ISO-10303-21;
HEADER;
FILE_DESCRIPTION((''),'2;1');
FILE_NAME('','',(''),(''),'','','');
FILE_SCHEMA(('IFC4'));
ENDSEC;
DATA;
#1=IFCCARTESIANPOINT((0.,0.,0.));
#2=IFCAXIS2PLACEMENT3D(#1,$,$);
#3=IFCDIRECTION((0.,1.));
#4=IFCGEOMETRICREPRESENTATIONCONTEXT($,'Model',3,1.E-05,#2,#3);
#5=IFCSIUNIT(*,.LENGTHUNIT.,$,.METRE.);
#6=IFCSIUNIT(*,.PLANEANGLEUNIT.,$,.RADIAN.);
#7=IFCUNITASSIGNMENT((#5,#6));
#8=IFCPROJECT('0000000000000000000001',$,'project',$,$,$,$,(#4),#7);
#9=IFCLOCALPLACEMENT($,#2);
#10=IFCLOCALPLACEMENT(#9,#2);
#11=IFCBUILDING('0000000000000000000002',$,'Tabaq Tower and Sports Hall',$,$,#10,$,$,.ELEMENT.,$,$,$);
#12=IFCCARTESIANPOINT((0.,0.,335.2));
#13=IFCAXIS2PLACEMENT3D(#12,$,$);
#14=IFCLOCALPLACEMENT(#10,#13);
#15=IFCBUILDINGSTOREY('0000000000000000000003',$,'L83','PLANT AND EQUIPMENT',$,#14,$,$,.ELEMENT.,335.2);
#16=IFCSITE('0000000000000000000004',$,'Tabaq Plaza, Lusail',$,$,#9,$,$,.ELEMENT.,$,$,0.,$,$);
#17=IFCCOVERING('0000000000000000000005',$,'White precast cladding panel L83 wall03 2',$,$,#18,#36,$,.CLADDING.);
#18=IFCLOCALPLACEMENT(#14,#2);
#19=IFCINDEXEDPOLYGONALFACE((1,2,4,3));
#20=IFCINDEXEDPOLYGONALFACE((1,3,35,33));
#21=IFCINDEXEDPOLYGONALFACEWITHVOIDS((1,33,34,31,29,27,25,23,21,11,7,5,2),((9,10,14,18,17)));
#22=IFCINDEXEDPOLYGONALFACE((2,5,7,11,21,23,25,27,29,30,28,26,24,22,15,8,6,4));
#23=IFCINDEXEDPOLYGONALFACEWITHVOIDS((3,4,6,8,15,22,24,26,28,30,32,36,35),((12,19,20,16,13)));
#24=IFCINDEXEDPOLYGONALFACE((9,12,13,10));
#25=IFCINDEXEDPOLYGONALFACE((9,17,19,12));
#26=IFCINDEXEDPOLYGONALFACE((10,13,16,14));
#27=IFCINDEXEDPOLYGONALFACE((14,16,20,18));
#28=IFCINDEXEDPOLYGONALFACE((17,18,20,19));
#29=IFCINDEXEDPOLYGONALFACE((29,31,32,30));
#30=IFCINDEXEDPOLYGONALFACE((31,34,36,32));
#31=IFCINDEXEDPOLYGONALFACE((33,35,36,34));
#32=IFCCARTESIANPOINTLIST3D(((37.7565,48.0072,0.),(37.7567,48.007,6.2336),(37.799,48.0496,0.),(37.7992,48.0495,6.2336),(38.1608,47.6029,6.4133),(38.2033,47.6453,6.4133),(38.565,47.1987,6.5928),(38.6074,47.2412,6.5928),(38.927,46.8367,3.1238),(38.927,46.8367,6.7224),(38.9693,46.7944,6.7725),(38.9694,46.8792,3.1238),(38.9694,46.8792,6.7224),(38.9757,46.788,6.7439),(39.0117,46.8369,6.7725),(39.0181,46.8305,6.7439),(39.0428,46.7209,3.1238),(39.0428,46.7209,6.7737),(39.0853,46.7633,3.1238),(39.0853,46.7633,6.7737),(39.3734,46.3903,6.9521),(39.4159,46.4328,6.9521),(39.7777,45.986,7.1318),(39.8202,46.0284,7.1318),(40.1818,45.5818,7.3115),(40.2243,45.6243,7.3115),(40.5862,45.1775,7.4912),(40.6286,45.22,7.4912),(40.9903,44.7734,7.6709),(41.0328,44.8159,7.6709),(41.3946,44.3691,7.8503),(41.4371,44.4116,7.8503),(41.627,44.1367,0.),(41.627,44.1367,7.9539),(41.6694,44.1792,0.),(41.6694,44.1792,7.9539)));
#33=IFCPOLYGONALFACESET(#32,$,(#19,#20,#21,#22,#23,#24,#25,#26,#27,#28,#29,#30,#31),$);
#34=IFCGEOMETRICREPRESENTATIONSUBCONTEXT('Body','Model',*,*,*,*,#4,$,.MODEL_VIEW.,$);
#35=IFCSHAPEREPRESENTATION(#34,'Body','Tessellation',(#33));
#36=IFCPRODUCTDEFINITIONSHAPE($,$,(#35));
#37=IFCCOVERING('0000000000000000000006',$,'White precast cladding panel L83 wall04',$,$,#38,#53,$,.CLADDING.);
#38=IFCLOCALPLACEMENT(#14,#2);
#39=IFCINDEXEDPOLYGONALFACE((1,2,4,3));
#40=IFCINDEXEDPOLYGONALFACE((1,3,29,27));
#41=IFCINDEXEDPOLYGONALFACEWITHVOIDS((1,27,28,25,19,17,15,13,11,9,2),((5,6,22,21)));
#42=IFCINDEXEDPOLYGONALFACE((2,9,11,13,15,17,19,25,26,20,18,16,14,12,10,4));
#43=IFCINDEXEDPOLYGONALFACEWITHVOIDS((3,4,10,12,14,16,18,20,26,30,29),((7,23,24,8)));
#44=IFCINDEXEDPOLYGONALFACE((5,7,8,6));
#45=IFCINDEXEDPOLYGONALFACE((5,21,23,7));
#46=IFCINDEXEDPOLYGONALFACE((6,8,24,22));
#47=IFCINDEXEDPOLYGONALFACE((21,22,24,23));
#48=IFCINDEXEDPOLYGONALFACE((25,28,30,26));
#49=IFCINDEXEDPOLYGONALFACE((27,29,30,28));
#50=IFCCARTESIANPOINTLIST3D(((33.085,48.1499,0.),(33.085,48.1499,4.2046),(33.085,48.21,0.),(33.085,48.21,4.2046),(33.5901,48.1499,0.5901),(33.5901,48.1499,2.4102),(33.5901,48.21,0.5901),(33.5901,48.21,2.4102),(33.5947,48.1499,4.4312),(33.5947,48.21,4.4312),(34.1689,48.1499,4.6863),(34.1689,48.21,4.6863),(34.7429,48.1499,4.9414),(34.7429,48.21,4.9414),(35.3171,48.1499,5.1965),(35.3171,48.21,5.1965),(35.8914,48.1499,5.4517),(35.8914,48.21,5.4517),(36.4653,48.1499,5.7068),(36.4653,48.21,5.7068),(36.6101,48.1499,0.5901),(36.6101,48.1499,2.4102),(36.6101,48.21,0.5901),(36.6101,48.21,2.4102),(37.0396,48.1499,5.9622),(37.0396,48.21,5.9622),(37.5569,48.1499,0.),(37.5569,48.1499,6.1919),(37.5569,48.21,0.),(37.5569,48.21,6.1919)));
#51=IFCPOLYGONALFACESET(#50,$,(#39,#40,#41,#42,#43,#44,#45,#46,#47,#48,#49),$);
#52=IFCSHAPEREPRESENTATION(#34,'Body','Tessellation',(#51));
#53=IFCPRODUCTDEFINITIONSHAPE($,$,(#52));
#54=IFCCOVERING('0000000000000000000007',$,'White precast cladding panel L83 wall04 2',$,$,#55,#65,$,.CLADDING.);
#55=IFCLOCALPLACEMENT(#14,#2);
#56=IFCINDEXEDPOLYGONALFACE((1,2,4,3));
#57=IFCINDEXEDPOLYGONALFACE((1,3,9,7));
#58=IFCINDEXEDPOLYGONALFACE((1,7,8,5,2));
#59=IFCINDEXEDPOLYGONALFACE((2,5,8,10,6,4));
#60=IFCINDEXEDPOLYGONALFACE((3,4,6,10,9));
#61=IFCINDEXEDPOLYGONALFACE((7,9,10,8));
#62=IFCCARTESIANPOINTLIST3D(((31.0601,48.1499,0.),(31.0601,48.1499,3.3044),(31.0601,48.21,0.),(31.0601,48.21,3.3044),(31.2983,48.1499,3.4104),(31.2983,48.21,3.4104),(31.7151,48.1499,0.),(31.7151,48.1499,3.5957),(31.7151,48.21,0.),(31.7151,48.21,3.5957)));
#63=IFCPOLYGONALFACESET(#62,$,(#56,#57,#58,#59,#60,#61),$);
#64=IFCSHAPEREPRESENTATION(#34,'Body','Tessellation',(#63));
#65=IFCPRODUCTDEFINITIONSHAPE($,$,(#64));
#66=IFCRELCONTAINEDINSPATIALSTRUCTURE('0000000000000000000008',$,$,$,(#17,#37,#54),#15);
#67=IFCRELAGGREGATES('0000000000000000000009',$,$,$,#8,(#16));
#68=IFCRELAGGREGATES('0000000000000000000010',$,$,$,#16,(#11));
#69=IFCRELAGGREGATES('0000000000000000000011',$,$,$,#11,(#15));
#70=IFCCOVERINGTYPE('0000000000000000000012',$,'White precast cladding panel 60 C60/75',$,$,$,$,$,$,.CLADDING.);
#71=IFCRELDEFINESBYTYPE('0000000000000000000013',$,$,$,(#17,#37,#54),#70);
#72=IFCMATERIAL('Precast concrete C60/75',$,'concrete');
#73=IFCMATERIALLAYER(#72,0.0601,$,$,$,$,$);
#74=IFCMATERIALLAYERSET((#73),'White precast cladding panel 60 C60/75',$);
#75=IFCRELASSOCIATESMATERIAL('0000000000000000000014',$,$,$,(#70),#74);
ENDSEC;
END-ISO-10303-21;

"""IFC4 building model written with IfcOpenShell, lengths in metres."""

from ifc_helpers import new_model, si_unit, direction, frame, origin, place, context, subcontext, project, spatial, polyline, outline, extrude, material, layer, layer_set, type_object, element, save


model = new_model("IFC4")

# Units and contexts
model_context = context("Model", 3, precision=1e-05, world=origin(), true_north=direction((0.0, 1.0)))
body_context = subcontext(model_context, "Body", "Model", "MODEL_VIEW")
ifc_project = project(units=[si_unit("LENGTHUNIT", "METRE"), si_unit("PLANEANGLEUNIT", "RADIAN")], contexts=[model_context])

# Site, building, storey
site_placement = place(None, origin())
site = spatial("IfcSite", under=ifc_project, at=site_placement, Name="Tabaq Plaza, Lusail", CompositionType="ELEMENT", RefElevation=0.0)
building_placement = place(site_placement, origin())
building = spatial("IfcBuilding", under=site, at=building_placement, Name="Tabaq Tower and Sports Hall", CompositionType="ELEMENT")
storey_placement = place(building_placement, frame((0.0, 0.0, 335.2)))
storey = spatial("IfcBuildingStorey", under=building, at=storey_placement, Name="L83", Description="PLANT AND EQUIPMENT", CompositionType="ELEMENT", Elevation=335.2)

# Coverings
ifc_material_1 = material(Name="Precast concrete C60/75", Category="concrete")
ifc_layer_1 = layer(ifc_material_1, 0.0601)
ifc_layer_set_1 = layer_set([ifc_layer_1], Name="White precast cladding panel 60 C60/75")
covering_type_1 = type_object("IfcCoveringType", Name="White precast cladding panel 60 C60/75", PredefinedType="CLADDING", material=ifc_layer_set_1)
covering_1_placement = place(storey_placement, frame((41.6482, 44.158, 0.0), z_axis=(0.0, 0.0, 1.0), x_axis=(-0.707107, 0.707107, 0.0)))
element("IfcCovering", 1, at=covering_1_placement, inside=storey, type_object=covering_type_1, Name="White precast cladding panel L83 wall03 2", PredefinedType="CLADDING", context=body_context, shape_type="SweptSolid", body=[
    extrude(outline(polyline([(0.0, 0.0), (5.4736, 0.0), (5.4734, 6.2336), (4.9019, 6.4133), (4.3303, 6.5928), (3.7585, 6.7725), (3.187, 6.9521), (2.6152, 7.1318), (2.0437, 7.3115), (1.4719, 7.4912), (0.9004, 7.6709), (0.3286, 7.8503), (0.0, 7.9539), (0.0, 0.0)]), holes=[polyline([(3.8184, 3.1238), (3.6545, 3.1238), (3.6545, 6.7737), (3.7495, 6.7439), (3.8184, 6.7224), (3.8184, 3.1238)])]), frame((0.0, 0.03, 0.0), z_axis=(0.0, -1.0, 0.0), x_axis=(1.0, 0.0, 0.0)), (0.0, 0.0, 1.0), 0.0601),
])
covering_2_placement = place(storey_placement, frame((37.5569, 48.1799, 0.0), z_axis=(0.0, 0.0, 1.0), x_axis=(-1.0, 0.0, 0.0)))
element("IfcCovering", 2, at=covering_2_placement, inside=storey, type_object=covering_type_1, Name="White precast cladding panel L83 wall04", PredefinedType="CLADDING", context=body_context, shape_type="SweptSolid", body=[
    extrude(outline(polyline([(0.0, 0.0), (4.4719, 0.0), (4.4719, 4.2046), (3.9622, 4.4312), (3.3879, 4.6863), (2.814, 4.9414), (2.2397, 5.1965), (1.6655, 5.4517), (1.0916, 5.7068), (0.5173, 5.9622), (0.0, 6.1919), (0.0, 0.0)]), holes=[polyline([(0.9468, 0.5901), (0.9468, 2.4102), (3.9668, 2.4102), (3.9668, 0.5901), (0.9468, 0.5901)])]), frame((0.0, 0.03, 0.0), z_axis=(0.0, -1.0, 0.0), x_axis=(1.0, 0.0, 0.0)), (0.0, 0.0, 1.0), 0.0601),
])
covering_3_placement = place(storey_placement, frame((31.7151, 48.1799, 0.0), z_axis=(0.0, 0.0, 1.0), x_axis=(-1.0, 0.0, 0.0)))
element("IfcCovering", 3, at=covering_3_placement, inside=storey, type_object=covering_type_1, Name="White precast cladding panel L83 wall04 2", PredefinedType="CLADDING", context=body_context, shape_type="SweptSolid", body=[
    extrude(outline(polyline([(0.0, 0.0), (0.655, 0.0), (0.655, 3.3044), (0.4167, 3.4104), (0.0, 3.5957), (0.0, 0.0)])), frame((0.0, 0.03, 0.0), z_axis=(0.0, -1.0, 0.0), x_axis=(1.0, 0.0, 0.0)), (0.0, 0.0, 1.0), 0.0601),
])

save(model, "model.ifc")
